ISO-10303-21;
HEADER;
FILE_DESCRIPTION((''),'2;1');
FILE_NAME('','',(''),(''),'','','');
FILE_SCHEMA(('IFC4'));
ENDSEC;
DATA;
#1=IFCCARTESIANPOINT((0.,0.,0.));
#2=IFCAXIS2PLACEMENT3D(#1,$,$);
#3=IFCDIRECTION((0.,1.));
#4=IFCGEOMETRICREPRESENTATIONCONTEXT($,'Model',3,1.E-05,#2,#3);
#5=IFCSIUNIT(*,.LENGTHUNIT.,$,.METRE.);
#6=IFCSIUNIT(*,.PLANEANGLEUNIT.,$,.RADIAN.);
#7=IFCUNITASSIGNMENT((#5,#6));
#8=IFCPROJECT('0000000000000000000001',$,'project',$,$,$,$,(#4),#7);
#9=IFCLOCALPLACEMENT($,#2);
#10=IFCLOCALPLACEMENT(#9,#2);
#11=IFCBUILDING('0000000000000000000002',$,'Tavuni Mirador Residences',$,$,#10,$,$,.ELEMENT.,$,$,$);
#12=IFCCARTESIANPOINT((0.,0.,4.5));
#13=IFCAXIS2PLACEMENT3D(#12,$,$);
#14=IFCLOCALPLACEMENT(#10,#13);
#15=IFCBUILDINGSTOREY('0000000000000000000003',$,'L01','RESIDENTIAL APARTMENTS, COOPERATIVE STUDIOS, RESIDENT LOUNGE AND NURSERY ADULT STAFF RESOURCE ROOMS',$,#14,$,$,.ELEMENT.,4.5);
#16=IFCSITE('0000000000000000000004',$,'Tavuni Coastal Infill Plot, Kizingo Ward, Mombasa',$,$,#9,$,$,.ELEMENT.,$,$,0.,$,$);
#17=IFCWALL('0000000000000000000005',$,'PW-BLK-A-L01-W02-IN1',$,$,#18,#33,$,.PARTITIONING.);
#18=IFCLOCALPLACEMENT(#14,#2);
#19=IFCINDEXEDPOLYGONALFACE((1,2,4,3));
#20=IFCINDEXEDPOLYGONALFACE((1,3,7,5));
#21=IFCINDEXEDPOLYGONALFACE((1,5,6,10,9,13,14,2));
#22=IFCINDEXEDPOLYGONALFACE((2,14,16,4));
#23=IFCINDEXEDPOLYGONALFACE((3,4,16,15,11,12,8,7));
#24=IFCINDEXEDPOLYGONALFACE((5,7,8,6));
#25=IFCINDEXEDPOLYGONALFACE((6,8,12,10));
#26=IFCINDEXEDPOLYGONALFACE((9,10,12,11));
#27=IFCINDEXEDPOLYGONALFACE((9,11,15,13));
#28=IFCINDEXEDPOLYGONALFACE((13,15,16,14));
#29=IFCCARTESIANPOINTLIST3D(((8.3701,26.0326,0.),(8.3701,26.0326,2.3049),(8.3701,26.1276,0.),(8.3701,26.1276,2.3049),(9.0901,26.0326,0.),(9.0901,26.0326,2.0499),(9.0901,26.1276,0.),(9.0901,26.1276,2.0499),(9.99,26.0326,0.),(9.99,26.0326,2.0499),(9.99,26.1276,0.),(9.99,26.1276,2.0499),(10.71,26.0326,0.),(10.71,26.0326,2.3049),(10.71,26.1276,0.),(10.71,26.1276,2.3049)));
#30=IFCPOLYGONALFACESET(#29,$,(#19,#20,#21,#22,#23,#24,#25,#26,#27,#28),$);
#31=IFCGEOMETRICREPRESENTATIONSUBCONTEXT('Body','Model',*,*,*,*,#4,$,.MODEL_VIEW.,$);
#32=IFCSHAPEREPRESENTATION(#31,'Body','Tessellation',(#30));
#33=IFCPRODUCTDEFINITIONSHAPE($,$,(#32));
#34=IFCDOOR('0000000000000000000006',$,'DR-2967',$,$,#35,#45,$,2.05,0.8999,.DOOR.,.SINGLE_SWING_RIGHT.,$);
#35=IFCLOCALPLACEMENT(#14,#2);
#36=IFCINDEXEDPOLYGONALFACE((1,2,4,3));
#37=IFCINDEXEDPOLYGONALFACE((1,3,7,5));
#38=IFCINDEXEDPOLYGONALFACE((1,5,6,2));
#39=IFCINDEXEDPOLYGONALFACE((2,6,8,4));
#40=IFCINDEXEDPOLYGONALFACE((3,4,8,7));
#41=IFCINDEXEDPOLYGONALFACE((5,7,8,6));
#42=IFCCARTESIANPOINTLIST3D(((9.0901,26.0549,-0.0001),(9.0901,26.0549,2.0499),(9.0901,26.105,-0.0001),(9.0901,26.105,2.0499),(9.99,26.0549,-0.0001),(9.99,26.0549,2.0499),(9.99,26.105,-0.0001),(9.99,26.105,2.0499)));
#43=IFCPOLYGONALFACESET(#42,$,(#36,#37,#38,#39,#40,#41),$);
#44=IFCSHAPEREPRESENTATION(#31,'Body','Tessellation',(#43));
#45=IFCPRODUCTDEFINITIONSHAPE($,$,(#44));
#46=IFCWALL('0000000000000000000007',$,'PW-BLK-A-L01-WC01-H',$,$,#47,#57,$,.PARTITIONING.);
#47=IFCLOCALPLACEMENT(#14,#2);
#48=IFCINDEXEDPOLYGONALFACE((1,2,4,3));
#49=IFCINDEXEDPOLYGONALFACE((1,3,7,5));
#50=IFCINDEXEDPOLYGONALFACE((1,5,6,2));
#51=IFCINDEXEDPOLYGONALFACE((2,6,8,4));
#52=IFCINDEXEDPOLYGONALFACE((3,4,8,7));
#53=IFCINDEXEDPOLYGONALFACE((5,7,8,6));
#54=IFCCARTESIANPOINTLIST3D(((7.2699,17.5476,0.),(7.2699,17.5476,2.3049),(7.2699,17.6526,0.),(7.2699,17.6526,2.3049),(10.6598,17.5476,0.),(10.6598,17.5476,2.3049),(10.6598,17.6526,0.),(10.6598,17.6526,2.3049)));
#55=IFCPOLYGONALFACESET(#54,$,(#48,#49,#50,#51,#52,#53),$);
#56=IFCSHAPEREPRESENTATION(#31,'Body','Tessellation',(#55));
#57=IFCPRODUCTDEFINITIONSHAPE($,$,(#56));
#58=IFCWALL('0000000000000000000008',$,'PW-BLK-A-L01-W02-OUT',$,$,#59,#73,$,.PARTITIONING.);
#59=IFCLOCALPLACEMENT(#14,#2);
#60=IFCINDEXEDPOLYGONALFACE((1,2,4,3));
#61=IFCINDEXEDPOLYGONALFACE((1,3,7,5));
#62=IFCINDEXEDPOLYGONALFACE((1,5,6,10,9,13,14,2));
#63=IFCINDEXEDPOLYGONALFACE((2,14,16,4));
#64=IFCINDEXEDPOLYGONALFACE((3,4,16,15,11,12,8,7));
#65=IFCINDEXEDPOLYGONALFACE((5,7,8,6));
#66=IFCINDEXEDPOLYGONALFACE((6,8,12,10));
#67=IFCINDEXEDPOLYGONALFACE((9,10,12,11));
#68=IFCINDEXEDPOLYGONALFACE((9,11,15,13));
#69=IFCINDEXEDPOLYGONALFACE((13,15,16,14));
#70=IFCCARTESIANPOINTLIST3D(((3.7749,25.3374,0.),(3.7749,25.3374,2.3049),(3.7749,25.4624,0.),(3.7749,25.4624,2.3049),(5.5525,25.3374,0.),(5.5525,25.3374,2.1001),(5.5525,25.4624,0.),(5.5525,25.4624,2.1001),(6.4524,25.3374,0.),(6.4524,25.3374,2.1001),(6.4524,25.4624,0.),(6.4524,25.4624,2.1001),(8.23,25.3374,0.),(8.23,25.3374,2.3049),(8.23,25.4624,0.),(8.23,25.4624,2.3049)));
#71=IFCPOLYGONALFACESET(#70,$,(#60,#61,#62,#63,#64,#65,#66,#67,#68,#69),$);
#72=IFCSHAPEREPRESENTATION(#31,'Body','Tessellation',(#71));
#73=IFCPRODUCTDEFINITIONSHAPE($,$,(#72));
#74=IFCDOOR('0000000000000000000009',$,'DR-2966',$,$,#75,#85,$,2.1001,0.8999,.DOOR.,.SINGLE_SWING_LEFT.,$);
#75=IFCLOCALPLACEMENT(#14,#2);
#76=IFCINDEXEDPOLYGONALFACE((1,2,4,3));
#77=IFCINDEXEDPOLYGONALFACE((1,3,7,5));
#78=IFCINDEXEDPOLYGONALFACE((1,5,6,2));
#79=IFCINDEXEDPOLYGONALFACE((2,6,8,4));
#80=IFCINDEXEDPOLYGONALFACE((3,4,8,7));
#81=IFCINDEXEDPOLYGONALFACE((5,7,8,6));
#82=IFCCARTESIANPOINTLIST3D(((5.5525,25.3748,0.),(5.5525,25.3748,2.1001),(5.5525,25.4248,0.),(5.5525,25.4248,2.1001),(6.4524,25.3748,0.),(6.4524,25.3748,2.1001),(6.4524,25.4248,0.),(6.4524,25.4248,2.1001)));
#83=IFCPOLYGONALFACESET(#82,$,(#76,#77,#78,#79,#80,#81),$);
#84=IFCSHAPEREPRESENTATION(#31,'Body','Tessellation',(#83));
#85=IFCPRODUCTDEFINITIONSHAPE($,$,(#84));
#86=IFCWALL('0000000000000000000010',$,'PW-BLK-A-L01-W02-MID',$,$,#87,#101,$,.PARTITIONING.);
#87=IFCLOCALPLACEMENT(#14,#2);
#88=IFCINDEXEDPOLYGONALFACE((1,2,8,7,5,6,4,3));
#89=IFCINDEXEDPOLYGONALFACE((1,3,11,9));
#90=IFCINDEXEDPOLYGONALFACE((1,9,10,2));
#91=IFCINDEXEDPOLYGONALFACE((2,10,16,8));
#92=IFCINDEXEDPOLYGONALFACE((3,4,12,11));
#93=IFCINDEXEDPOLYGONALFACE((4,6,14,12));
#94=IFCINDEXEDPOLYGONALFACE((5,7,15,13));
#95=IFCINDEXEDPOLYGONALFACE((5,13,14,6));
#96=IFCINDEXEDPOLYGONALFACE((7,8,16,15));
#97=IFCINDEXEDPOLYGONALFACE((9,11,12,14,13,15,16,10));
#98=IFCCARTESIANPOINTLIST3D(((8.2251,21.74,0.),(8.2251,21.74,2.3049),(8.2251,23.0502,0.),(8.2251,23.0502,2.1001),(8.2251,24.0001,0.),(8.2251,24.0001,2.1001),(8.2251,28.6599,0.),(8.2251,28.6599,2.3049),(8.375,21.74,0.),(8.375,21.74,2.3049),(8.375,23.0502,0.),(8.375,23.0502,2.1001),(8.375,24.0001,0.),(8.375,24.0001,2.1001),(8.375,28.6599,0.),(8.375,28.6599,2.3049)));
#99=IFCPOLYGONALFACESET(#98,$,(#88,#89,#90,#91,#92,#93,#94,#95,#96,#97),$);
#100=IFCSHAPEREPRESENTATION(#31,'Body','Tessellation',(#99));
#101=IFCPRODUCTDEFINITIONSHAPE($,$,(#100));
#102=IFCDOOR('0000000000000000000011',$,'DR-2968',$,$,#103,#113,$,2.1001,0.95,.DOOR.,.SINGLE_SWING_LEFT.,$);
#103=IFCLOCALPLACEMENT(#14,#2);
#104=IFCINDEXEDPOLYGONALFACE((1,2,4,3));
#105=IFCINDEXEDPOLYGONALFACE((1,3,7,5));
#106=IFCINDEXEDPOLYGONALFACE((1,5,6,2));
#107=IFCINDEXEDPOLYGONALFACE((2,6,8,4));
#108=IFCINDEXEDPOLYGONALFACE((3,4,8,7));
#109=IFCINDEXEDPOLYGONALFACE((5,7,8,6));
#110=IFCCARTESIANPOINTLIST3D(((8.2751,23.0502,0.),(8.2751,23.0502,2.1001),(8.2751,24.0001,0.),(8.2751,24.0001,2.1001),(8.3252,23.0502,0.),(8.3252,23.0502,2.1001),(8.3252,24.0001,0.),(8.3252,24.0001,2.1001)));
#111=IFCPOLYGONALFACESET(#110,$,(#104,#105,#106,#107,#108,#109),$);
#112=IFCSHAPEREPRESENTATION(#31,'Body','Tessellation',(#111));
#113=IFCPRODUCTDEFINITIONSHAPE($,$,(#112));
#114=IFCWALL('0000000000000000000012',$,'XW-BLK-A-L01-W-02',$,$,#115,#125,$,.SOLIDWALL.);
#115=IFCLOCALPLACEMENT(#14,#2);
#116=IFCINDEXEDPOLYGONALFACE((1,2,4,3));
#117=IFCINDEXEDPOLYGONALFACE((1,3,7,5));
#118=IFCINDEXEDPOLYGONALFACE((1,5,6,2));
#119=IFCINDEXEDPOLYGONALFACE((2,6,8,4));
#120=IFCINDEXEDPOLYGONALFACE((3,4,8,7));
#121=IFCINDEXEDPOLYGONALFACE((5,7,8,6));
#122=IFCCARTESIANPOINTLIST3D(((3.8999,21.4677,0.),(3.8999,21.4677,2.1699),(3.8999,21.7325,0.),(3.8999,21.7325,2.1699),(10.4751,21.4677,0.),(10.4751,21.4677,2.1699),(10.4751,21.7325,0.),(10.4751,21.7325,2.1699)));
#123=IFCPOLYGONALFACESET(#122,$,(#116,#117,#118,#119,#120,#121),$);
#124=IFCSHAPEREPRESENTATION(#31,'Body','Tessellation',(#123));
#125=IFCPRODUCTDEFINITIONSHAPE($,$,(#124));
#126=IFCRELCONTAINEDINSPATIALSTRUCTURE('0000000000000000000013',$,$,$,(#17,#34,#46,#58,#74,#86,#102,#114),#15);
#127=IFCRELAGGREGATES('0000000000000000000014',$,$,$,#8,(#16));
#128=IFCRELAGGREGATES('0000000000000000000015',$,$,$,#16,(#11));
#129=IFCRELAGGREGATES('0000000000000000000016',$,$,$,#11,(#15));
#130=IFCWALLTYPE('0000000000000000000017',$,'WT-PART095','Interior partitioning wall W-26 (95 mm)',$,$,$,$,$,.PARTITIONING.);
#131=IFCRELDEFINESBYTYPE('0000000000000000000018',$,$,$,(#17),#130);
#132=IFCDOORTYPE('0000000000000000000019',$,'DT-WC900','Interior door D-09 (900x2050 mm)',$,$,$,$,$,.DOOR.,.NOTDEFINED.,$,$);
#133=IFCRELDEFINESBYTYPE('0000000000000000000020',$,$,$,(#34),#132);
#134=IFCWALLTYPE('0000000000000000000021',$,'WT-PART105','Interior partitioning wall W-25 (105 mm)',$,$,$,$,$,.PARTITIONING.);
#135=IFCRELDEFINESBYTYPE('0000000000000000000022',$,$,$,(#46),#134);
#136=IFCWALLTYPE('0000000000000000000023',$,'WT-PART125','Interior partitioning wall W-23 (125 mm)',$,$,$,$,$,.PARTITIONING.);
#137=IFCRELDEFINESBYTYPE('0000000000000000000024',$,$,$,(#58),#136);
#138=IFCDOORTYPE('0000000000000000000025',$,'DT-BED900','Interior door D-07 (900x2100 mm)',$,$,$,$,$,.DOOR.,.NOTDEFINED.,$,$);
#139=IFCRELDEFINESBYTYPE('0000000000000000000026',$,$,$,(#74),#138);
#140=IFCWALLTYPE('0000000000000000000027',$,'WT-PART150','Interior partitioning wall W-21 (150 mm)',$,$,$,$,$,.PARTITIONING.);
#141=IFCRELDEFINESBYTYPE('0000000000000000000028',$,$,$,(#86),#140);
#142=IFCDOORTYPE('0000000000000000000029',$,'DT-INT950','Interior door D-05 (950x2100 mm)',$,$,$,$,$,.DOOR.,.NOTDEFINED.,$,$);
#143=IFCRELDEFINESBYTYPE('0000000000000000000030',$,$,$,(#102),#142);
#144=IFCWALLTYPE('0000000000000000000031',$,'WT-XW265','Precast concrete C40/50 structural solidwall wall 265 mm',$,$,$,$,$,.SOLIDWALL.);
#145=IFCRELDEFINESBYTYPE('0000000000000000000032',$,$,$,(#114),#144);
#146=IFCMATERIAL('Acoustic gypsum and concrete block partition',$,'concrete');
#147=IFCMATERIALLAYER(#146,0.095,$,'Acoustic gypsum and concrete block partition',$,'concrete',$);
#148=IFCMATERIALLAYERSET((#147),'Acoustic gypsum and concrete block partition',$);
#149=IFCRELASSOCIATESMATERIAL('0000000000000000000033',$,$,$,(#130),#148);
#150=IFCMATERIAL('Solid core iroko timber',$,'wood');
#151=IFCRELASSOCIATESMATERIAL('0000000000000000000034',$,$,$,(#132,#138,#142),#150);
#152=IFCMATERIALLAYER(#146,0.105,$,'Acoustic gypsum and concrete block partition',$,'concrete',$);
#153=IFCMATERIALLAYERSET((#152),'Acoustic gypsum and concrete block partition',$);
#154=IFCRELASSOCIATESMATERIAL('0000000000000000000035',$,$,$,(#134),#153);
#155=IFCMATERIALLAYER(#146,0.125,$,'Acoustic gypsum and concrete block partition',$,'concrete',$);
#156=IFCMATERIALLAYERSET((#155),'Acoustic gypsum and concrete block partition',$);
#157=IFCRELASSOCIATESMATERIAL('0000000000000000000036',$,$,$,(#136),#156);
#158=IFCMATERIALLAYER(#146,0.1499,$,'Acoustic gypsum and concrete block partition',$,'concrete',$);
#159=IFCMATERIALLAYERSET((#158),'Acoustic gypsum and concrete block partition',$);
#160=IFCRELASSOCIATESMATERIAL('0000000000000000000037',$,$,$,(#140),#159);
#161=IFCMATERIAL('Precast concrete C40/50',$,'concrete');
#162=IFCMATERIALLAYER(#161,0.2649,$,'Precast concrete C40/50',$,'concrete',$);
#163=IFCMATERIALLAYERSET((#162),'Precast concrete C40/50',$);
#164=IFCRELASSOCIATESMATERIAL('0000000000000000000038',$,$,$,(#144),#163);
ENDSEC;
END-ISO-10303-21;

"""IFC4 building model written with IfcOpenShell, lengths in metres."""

from ifc_helpers import new_model, si_unit, direction, frame, frame_2d, origin, place, context, subcontext, project, spatial, rectangle, extrude, material, layer, layer_set, type_object, element, fill, save


model = new_model("IFC4")

# Units and contexts
model_context = context("Model", 3, precision=1e-05, world=origin(), true_north=direction((0.0, 1.0)))
body_context = subcontext(model_context, "Body", "Model", "MODEL_VIEW")
ifc_project = project(units=[si_unit("LENGTHUNIT", "METRE"), si_unit("PLANEANGLEUNIT", "RADIAN")], contexts=[model_context])

# Site, building, storey
site_placement = place(None, origin())
site = spatial("IfcSite", under=ifc_project, at=site_placement, Name="Tavuni Coastal Infill Plot, Kizingo Ward, Mombasa", CompositionType="ELEMENT", RefElevation=0.0)
building_placement = place(site_placement, origin())
building = spatial("IfcBuilding", under=site, at=building_placement, Name="Tavuni Mirador Residences", CompositionType="ELEMENT")
storey_placement = place(building_placement, frame((0.0, 0.0, 4.5)))
storey = spatial("IfcBuildingStorey", under=building, at=storey_placement, Name="L01", Description="RESIDENTIAL APARTMENTS, COOPERATIVE STUDIOS, RESIDENT LOUNGE AND NURSERY ADULT STAFF RESOURCE ROOMS", CompositionType="ELEMENT", Elevation=4.5)

# Shared definitions
ifc_material_1 = material(Name="Precast concrete C40/50", Category="concrete")

# Shared definitions
ifc_material_2 = material(Name="Solid core iroko timber", Category="wood")

# Wall, opening, door
ifc_material_3 = material(Name="Acoustic gypsum and concrete block partition", Category="concrete")
ifc_layer_1 = layer(ifc_material_3, 0.095, Name="Acoustic gypsum and concrete block partition", Category="concrete")
ifc_layer_set_1 = layer_set([ifc_layer_1], Name="Acoustic gypsum and concrete block partition")
wall_type_1 = type_object("IfcWallType", Name="WT-PART095", Description="Interior partitioning wall W-26 (95 mm)", PredefinedType="PARTITIONING", material=ifc_layer_set_1)
wall_1_placement = place(storey_placement, frame((8.3701, 26.0801, 0.0), z_axis=(0.0, 0.0, 1.0), x_axis=(1.0, 0.0, 0.0)))
wall_1 = element("IfcWall", 1, at=wall_1_placement, inside=storey, type_object=wall_type_1, Name="PW-BLK-A-L01-W02-IN1", PredefinedType="PARTITIONING", context=body_context, shape_type="SweptSolid", body=[
    extrude(rectangle(XDim=2.3398, YDim=0.095, at=frame_2d((1.1699, 0.0))), origin(), (0.0, 0.0, 1.0), 2.3049),
])
opening_1_placement = place(wall_1_placement, frame((0.72, 0.0, 0.0)))
opening_1 = element("IfcOpeningElement", 2, at=opening_1_placement, cuts=wall_1, PredefinedType="OPENING", context=body_context, shape_type="SweptSolid", body=[
    extrude(rectangle(XDim=0.8999, YDim=2.05, at=frame_2d((0.45, 1.0249))), frame((0.0, 0.0576, 0.0), z_axis=(0.0, -1.0, 0.0), x_axis=(1.0, 0.0, 0.0)), (0.0, 0.0, 1.0), 0.115),
])
door_type_1 = type_object("IfcDoorType", Name="DT-WC900", Description="Interior door D-09 (900x2050 mm)", OperationType="NOTDEFINED", PredefinedType="DOOR", material=ifc_material_2)
door_1_placement = place(opening_1_placement, origin())
door_1 = element("IfcDoor", 3, at=door_1_placement, inside=storey, type_object=door_type_1, Name="DR-2967", OperationType="SINGLE_SWING_RIGHT", OverallHeight=2.05, OverallWidth=0.8999, PredefinedType="DOOR", context=body_context, shape_type="SweptSolid", body=[
    extrude(rectangle(XDim=0.8999, YDim=2.05, at=frame_2d((0.45, 1.0249))), frame((0.0, 0.0249, 0.0), z_axis=(0.0, -1.0, 0.0), x_axis=(1.0, 0.0, 0.0)), (0.0, 0.0, 1.0), 0.05),
])
fill(opening_1, door_1)

# Wall
ifc_layer_2 = layer(ifc_material_3, 0.105, Name="Acoustic gypsum and concrete block partition", Category="concrete")
ifc_layer_set_2 = layer_set([ifc_layer_2], Name="Acoustic gypsum and concrete block partition")
wall_type_2 = type_object("IfcWallType", Name="WT-PART105", Description="Interior partitioning wall W-25 (105 mm)", PredefinedType="PARTITIONING", material=ifc_layer_set_2)
wall_2_placement = place(storey_placement, frame((7.27, 17.6001, 0.0), z_axis=(0.0, 0.0, 1.0), x_axis=(1.0, 0.0, 0.0)))
element("IfcWall", 4, at=wall_2_placement, inside=storey, type_object=wall_type_2, Name="PW-BLK-A-L01-WC01-H", PredefinedType="PARTITIONING", context=body_context, shape_type="SweptSolid", body=[
    extrude(rectangle(XDim=3.3899, YDim=0.105, at=frame_2d((1.6948, 0.0))), origin(), (0.0, 0.0, 1.0), 2.3049),
])

# Walls, openings, doors
ifc_layer_3 = layer(ifc_material_3, 0.125, Name="Acoustic gypsum and concrete block partition", Category="concrete")
ifc_layer_set_3 = layer_set([ifc_layer_3], Name="Acoustic gypsum and concrete block partition")
wall_type_3 = type_object("IfcWallType", Name="WT-PART125", Description="Interior partitioning wall W-23 (125 mm)", PredefinedType="PARTITIONING", material=ifc_layer_set_3)
wall_3_placement = place(storey_placement, frame((3.7749, 25.3999, 0.0), z_axis=(0.0, 0.0, 1.0), x_axis=(1.0, 0.0, 0.0)))
wall_3 = element("IfcWall", 5, at=wall_3_placement, inside=storey, type_object=wall_type_3, Name="PW-BLK-A-L01-W02-OUT", PredefinedType="PARTITIONING", context=body_context, shape_type="SweptSolid", body=[
    extrude(rectangle(XDim=4.4551, YDim=0.125, at=frame_2d((2.2275, 0.0))), origin(), (0.0, 0.0, 1.0), 2.3049),
])
opening_2_placement = place(wall_3_placement, frame((1.7776, 0.0, 0.0)))
opening_2 = element("IfcOpeningElement", 6, at=opening_2_placement, cuts=wall_3, PredefinedType="OPENING", context=body_context, shape_type="SweptSolid", body=[
    extrude(rectangle(XDim=0.8999, YDim=2.1001, at=frame_2d((0.45, 1.05))), frame((0.0, 0.0725, 0.0), z_axis=(0.0, -1.0, 0.0), x_axis=(1.0, 0.0, 0.0)), (0.0, 0.0, 1.0), 0.145),
])
door_type_2 = type_object("IfcDoorType", Name="DT-BED900", Description="Interior door D-07 (900x2100 mm)", OperationType="NOTDEFINED", PredefinedType="DOOR", material=ifc_material_2)
door_2_placement = place(opening_2_placement, origin())
door_2 = element("IfcDoor", 7, at=door_2_placement, inside=storey, type_object=door_type_2, Name="DR-2966", OperationType="SINGLE_SWING_LEFT", OverallHeight=2.1001, OverallWidth=0.8999, PredefinedType="DOOR", context=body_context, shape_type="SweptSolid", body=[
    extrude(rectangle(XDim=0.8999, YDim=2.1001, at=frame_2d((0.45, 1.05))), frame((0.0, 0.0249, 0.0), z_axis=(0.0, -1.0, 0.0), x_axis=(1.0, 0.0, 0.0)), (0.0, 0.0, 1.0), 0.05),
])
fill(opening_2, door_2)
ifc_layer_4 = layer(ifc_material_3, 0.1499, Name="Acoustic gypsum and concrete block partition", Category="concrete")
ifc_layer_set_4 = layer_set([ifc_layer_4], Name="Acoustic gypsum and concrete block partition")
wall_type_4 = type_object("IfcWallType", Name="WT-PART150", Description="Interior partitioning wall W-21 (150 mm)", PredefinedType="PARTITIONING", material=ifc_layer_set_4)
wall_4_placement = place(storey_placement, frame((8.3, 21.74, 0.0), z_axis=(0.0, 0.0, 1.0), x_axis=(0.0, 1.0, 0.0)))
wall_4 = element("IfcWall", 8, at=wall_4_placement, inside=storey, type_object=wall_type_4, Name="PW-BLK-A-L01-W02-MID", PredefinedType="PARTITIONING", context=body_context, shape_type="SweptSolid", body=[
    extrude(rectangle(XDim=6.9199, YDim=0.1499, at=frame_2d((3.46, 0.0))), origin(), (0.0, 0.0, 1.0), 2.3049),
])
opening_3_placement = place(wall_4_placement, frame((1.3101, 0.0, 0.0)))
opening_3 = element("IfcOpeningElement", 9, at=opening_3_placement, cuts=wall_4, PredefinedType="OPENING", context=body_context, shape_type="SweptSolid", body=[
    extrude(rectangle(XDim=0.95, YDim=2.1001, at=frame_2d((0.4751, 1.05))), frame((0.0, 0.085, 0.0), z_axis=(0.0, -1.0, 0.0), x_axis=(1.0, 0.0, 0.0)), (0.0, 0.0, 1.0), 0.1699),
])
door_type_3 = type_object("IfcDoorType", Name="DT-INT950", Description="Interior door D-05 (950x2100 mm)", OperationType="NOTDEFINED", PredefinedType="DOOR", material=ifc_material_2)
door_3_placement = place(opening_3_placement, origin())
door_3 = element("IfcDoor", 10, at=door_3_placement, inside=storey, type_object=door_type_3, Name="DR-2968", OperationType="SINGLE_SWING_LEFT", OverallHeight=2.1001, OverallWidth=0.95, PredefinedType="DOOR", context=body_context, shape_type="SweptSolid", body=[
    extrude(rectangle(XDim=0.95, YDim=2.1001, at=frame_2d((0.4751, 1.05))), frame((0.0, 0.0249, 0.0), z_axis=(0.0, -1.0, 0.0), x_axis=(1.0, 0.0, 0.0)), (0.0, 0.0, 1.0), 0.05),
])
fill(opening_3, door_3)

# Wall
ifc_layer_5 = layer(ifc_material_1, 0.2649, Name="Precast concrete C40/50", Category="concrete")
ifc_layer_set_5 = layer_set([ifc_layer_5], Name="Precast concrete C40/50")
wall_type_5 = type_object("IfcWallType", Name="WT-XW265", Description="Precast concrete C40/50 structural solidwall wall 265 mm", PredefinedType="SOLIDWALL", material=ifc_layer_set_5)
wall_5_placement = place(storey_placement, frame((3.8999, 21.6001, 0.0), z_axis=(0.0, 0.0, 1.0), x_axis=(1.0, 0.0, 0.0)))
element("IfcWall", 11, at=wall_5_placement, inside=storey, type_object=wall_type_5, Name="XW-BLK-A-L01-W-02", PredefinedType="SOLIDWALL", context=body_context, shape_type="SweptSolid", body=[
    extrude(rectangle(XDim=6.5752, YDim=0.2649, at=frame_2d((3.2876, 0.0))), origin(), (0.0, 0.0, 1.0), 2.1699),
])

save(model, "model.ifc")
